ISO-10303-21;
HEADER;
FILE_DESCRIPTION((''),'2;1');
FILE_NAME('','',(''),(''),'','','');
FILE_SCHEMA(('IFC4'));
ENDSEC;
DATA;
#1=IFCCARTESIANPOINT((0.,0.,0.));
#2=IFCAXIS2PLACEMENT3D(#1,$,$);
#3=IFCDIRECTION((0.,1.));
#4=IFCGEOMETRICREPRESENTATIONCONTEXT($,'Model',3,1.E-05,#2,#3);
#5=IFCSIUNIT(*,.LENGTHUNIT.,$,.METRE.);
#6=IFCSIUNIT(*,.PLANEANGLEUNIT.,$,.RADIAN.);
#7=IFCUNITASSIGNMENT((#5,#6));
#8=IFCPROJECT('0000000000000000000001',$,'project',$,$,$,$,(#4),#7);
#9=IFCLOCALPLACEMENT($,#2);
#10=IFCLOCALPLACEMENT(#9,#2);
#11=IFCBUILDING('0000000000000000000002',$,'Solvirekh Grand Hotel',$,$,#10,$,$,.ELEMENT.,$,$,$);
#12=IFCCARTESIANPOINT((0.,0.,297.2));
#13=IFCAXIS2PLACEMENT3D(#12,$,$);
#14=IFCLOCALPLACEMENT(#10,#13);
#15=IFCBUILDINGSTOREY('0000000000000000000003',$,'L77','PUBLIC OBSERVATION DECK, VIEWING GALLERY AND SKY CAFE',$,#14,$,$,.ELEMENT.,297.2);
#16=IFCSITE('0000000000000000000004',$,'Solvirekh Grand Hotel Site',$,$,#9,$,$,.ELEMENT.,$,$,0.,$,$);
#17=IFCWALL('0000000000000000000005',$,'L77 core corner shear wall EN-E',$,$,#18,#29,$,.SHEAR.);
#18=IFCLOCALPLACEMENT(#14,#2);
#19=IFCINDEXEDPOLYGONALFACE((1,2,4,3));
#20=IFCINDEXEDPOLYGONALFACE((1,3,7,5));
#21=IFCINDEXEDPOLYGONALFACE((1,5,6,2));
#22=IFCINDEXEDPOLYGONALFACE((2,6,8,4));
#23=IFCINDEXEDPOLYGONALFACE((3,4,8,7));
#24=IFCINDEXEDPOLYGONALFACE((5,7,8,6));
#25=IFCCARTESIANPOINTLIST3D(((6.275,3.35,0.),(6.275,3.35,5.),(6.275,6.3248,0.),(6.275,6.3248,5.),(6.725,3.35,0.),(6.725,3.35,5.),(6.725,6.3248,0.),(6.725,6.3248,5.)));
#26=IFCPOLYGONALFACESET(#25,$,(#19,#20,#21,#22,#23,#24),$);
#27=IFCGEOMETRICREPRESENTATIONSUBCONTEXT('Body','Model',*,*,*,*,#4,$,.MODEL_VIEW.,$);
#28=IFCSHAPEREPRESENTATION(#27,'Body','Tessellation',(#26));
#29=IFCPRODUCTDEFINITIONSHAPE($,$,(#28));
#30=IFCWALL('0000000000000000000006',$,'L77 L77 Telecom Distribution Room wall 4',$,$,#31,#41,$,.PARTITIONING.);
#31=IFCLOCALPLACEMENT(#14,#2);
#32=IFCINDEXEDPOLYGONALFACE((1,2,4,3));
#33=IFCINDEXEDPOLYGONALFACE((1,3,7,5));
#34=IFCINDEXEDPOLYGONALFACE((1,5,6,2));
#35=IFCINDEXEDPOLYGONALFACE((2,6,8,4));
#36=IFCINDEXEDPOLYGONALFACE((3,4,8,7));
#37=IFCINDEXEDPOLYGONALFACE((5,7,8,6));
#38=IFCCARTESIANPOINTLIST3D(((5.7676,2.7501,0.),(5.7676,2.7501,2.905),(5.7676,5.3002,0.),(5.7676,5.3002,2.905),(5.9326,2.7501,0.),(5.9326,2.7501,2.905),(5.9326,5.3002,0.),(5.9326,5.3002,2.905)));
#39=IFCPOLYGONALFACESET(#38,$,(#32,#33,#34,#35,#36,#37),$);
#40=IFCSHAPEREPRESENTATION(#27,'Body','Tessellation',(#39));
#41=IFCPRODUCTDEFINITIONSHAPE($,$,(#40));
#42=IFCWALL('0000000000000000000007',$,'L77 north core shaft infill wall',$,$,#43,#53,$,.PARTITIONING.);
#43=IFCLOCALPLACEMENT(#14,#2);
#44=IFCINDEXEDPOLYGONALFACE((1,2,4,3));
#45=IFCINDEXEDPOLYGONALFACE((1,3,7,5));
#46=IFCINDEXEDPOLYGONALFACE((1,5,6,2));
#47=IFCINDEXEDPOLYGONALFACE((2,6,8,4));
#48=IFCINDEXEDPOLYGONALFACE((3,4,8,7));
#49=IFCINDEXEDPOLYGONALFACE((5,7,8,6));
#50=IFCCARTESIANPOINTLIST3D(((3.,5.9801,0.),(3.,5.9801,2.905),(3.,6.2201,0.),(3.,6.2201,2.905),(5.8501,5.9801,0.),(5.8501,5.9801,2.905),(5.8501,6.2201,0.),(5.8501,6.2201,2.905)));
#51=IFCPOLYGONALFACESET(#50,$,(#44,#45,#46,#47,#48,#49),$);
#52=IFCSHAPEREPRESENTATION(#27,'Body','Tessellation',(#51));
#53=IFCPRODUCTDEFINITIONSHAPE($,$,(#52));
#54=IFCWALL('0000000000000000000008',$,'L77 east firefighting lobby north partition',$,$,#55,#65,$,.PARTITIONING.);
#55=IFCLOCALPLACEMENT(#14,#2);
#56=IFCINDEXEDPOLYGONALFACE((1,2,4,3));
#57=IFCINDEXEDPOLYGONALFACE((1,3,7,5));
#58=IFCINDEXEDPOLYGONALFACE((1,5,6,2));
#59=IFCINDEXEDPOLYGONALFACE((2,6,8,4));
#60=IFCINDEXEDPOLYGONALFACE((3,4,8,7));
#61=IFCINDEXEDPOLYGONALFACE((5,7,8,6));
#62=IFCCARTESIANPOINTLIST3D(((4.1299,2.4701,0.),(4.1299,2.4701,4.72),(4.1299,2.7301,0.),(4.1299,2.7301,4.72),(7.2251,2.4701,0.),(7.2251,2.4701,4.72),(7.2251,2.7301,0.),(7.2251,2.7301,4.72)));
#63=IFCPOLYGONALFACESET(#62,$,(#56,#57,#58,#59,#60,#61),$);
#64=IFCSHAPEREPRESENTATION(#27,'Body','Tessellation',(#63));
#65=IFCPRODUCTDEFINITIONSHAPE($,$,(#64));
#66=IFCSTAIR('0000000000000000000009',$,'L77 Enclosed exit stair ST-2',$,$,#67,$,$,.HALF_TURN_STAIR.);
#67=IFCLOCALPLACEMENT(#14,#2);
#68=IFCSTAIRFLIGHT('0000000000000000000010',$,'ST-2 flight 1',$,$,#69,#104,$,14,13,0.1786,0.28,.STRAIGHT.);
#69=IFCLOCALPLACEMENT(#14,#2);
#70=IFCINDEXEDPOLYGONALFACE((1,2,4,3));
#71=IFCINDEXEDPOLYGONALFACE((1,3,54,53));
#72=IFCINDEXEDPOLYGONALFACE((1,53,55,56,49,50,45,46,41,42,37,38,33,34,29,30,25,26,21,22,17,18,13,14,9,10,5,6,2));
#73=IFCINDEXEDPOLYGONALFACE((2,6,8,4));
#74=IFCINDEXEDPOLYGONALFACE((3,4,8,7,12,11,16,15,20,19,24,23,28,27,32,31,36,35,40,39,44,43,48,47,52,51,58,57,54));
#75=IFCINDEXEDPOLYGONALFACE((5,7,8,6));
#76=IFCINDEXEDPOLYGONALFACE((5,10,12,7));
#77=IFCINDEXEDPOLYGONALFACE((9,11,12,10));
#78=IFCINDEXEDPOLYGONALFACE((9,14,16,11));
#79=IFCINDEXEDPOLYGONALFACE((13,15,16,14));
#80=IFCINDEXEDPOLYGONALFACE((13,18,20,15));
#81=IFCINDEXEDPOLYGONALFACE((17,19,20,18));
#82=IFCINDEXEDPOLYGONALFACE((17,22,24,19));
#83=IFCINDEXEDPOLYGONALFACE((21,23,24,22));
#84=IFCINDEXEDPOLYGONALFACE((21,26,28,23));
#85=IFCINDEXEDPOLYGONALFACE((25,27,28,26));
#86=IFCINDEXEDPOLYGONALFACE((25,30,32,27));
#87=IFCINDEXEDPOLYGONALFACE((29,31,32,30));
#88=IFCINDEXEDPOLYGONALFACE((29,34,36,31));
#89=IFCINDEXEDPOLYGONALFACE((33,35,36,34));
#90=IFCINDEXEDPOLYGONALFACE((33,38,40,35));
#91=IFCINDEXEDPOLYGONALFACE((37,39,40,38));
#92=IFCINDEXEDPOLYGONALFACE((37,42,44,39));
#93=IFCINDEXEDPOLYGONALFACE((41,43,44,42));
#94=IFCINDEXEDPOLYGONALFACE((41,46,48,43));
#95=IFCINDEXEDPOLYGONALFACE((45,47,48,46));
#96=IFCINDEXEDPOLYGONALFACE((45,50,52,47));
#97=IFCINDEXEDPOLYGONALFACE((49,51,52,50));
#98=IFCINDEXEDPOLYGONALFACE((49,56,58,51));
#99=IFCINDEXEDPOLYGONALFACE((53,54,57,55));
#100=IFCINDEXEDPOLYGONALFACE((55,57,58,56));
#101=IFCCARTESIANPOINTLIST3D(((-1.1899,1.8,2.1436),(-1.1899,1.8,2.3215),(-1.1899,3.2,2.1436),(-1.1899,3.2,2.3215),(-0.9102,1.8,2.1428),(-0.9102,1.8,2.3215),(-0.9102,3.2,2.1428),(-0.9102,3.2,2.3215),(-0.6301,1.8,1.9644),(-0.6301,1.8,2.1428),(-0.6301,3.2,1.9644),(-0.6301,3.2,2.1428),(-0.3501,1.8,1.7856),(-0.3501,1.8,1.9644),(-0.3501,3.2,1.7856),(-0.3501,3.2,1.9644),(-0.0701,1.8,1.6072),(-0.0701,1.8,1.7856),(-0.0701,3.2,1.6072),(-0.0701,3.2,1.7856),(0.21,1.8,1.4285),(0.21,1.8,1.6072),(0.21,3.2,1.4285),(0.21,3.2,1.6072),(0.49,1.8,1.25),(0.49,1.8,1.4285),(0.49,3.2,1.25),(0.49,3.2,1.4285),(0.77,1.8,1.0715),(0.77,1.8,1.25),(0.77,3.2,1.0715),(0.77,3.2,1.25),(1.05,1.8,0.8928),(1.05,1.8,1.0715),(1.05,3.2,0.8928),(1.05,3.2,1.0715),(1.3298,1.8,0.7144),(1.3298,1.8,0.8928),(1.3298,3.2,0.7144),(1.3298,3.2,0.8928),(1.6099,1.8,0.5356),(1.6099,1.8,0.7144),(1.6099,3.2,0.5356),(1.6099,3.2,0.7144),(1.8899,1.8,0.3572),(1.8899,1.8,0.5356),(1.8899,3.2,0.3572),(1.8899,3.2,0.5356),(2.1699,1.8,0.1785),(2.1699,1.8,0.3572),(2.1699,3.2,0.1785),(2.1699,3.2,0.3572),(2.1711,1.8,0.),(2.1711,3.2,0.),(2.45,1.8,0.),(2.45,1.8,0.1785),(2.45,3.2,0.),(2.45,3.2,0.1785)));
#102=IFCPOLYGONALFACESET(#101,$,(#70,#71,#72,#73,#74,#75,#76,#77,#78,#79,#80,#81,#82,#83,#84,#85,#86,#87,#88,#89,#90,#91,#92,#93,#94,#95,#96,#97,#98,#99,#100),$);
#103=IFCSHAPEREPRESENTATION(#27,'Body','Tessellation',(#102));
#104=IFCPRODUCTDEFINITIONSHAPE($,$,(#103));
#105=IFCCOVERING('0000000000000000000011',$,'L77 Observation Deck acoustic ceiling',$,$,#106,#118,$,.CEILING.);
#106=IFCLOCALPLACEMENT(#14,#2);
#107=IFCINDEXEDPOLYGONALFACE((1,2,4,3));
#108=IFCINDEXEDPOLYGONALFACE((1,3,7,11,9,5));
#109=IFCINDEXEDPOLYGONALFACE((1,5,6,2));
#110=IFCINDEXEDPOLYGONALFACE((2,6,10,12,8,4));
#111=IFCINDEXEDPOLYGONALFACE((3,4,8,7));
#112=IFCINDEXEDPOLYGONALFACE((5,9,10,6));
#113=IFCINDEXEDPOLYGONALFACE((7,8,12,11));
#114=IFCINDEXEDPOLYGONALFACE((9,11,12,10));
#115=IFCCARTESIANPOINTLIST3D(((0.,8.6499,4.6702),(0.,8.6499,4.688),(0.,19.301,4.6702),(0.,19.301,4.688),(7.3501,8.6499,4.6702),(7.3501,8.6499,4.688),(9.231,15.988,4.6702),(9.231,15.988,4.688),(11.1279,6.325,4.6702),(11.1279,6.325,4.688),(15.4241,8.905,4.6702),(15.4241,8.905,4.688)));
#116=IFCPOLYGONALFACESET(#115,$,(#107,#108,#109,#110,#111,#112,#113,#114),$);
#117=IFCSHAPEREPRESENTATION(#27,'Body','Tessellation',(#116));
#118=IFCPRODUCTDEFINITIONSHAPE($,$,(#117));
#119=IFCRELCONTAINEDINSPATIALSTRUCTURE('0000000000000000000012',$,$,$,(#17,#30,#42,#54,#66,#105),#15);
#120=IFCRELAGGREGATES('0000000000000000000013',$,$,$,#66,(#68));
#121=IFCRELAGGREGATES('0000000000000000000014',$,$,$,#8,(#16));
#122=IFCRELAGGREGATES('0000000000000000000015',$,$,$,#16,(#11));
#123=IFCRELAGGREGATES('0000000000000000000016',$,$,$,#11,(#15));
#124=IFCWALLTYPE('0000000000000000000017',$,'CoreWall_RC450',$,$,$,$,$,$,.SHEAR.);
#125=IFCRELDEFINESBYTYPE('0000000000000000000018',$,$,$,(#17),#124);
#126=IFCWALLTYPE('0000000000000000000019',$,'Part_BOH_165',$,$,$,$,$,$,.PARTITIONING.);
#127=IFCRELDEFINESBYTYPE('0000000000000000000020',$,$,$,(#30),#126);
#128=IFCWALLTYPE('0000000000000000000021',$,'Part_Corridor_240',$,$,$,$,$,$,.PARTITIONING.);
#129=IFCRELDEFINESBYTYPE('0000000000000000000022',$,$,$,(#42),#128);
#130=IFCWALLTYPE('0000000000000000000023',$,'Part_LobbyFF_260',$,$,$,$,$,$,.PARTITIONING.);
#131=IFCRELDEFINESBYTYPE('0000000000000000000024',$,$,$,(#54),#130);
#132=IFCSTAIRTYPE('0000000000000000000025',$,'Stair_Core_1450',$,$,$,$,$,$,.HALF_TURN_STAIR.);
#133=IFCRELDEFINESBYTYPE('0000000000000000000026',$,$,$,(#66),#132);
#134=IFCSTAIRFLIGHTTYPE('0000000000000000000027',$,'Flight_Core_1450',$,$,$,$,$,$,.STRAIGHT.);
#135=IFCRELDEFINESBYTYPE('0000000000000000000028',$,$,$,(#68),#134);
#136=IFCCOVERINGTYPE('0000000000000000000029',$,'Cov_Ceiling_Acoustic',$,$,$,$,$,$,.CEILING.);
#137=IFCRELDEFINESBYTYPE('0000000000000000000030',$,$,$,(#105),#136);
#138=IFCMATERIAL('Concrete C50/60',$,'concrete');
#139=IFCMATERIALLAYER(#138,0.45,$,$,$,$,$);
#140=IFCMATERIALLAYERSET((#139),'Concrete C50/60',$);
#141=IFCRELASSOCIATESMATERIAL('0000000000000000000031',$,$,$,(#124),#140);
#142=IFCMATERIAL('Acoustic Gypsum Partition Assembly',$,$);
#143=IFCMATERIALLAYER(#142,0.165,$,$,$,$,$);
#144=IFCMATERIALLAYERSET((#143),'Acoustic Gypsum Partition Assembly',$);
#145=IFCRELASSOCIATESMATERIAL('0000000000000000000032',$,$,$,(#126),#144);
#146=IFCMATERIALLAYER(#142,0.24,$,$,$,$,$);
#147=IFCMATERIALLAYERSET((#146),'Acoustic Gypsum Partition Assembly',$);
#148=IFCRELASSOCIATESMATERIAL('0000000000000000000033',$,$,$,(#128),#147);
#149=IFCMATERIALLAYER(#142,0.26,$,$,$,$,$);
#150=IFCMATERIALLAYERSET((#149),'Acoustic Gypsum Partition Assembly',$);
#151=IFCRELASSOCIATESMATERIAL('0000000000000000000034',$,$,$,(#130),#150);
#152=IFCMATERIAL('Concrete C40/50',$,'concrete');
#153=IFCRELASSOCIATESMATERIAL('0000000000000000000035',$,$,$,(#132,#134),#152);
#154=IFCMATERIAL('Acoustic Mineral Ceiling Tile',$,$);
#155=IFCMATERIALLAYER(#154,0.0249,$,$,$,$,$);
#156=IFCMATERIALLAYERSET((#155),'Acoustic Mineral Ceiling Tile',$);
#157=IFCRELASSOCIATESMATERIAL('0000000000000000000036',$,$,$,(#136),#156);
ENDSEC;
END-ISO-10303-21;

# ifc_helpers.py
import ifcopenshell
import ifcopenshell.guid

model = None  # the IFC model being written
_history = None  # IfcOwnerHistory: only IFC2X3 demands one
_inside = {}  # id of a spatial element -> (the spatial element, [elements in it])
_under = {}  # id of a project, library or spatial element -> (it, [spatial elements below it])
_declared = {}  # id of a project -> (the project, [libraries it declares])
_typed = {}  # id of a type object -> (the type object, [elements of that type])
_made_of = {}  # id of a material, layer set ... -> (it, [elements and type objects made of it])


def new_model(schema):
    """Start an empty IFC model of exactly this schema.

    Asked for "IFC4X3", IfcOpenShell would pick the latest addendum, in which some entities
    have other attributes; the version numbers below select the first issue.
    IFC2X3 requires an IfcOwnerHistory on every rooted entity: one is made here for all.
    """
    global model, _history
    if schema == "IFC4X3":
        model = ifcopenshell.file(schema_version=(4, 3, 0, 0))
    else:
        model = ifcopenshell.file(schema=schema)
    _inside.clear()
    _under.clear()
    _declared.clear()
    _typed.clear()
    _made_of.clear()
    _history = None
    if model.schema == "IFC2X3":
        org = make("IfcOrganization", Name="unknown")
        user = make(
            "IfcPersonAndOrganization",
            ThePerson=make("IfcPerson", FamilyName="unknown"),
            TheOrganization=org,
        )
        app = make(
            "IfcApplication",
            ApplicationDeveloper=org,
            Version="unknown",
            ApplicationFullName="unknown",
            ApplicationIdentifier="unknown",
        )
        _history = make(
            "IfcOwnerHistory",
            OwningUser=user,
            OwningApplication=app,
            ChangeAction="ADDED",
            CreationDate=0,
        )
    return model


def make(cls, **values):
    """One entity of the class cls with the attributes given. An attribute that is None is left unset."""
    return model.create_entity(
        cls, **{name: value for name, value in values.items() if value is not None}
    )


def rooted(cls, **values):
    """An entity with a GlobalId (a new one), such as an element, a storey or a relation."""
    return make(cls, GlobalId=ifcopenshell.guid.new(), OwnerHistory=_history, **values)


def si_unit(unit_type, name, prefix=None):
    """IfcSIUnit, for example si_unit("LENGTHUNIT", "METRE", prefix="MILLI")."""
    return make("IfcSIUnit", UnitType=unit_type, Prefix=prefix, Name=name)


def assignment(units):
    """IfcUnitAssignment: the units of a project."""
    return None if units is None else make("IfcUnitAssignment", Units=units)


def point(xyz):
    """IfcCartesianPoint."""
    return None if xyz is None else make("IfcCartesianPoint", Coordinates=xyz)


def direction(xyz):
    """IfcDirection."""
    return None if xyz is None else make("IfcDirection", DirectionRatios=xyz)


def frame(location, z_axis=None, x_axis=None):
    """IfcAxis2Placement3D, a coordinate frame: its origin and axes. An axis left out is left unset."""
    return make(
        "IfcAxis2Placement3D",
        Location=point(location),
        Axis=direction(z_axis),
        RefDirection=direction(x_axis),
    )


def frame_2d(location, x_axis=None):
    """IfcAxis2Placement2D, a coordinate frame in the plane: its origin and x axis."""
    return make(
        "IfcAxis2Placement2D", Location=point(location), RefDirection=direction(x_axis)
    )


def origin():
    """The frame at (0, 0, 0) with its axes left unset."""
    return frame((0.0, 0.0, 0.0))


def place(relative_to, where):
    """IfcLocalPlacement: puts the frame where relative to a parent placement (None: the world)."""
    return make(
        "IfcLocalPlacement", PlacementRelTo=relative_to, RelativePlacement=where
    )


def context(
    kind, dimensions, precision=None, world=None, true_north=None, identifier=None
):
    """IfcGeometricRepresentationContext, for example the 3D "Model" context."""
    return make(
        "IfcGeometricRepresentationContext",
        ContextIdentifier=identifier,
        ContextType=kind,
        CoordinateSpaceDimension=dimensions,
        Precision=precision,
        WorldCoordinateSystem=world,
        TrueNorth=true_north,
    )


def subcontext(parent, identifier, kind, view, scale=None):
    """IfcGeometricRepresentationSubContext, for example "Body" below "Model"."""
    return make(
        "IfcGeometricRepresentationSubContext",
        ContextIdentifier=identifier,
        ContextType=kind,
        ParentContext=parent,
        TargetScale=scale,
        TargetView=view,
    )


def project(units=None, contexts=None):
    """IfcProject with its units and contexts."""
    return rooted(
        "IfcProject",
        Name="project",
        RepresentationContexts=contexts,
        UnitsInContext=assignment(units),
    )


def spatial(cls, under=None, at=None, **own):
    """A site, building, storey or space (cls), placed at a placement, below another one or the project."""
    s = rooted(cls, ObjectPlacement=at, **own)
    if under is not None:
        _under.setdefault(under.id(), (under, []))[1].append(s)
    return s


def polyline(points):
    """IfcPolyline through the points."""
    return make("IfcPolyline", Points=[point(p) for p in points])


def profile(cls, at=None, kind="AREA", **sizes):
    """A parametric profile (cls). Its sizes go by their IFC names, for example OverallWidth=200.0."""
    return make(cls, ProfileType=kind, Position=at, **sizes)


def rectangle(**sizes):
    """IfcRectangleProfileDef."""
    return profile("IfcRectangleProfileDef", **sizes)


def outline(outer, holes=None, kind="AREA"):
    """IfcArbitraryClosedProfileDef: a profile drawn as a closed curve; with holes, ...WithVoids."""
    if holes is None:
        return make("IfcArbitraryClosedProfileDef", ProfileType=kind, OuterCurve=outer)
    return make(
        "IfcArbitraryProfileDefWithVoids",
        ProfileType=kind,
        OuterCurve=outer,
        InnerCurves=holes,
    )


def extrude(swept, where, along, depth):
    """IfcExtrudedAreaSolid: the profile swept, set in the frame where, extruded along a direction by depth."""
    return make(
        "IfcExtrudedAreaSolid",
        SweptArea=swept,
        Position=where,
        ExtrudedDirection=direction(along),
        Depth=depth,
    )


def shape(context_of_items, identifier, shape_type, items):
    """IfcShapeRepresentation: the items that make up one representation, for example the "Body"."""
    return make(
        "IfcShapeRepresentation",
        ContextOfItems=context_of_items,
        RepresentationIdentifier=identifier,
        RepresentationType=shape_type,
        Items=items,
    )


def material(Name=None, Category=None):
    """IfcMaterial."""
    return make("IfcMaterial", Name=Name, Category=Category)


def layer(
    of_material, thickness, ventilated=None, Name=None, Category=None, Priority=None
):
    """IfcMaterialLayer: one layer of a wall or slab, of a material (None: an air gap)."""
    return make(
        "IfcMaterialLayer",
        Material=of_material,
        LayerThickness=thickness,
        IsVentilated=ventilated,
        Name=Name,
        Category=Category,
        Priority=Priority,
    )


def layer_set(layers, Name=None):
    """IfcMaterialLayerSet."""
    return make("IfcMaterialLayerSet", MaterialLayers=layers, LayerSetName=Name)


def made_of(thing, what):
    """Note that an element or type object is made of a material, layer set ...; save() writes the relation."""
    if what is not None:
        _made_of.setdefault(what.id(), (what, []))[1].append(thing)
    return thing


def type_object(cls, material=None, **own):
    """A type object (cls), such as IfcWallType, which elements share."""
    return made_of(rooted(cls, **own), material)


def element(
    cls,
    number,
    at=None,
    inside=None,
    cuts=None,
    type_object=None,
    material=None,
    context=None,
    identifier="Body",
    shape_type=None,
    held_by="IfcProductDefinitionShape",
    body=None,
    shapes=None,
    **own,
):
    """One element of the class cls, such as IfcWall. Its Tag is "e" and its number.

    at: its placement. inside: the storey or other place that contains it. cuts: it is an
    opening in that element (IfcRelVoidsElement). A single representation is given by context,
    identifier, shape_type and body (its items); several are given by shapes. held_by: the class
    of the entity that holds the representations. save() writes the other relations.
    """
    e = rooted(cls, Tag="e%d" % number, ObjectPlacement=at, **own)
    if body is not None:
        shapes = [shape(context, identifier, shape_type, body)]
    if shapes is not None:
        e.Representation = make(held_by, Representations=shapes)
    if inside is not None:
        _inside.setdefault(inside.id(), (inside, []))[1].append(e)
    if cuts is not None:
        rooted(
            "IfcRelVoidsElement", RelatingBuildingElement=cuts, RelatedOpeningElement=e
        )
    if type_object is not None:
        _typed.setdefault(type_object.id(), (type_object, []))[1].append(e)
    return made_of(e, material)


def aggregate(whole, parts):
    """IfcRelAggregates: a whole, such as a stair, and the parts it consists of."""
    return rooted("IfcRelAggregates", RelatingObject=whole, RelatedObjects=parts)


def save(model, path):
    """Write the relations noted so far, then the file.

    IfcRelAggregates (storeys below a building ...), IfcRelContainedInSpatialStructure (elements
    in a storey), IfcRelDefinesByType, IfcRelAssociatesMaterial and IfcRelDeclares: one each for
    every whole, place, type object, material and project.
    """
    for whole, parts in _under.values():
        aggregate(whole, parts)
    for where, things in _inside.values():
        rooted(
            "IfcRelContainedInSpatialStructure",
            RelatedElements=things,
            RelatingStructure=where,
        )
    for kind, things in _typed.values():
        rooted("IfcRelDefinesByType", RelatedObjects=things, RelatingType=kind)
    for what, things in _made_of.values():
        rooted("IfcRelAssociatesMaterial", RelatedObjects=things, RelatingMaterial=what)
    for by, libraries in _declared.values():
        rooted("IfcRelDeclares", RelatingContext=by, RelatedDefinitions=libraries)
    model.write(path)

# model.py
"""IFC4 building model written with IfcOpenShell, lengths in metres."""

from ifc_helpers import new_model, si_unit, direction, frame, frame_2d, origin, place, context, subcontext, project, spatial, polyline, rectangle, outline, extrude, material, layer, layer_set, type_object, element, aggregate, save


model = new_model("IFC4")

# Units and contexts
model_context = context("Model", 3, precision=1e-05, world=origin(), true_north=direction((0.0, 1.0)))
body_context = subcontext(model_context, "Body", "Model", "MODEL_VIEW")
ifc_project = project(units=[si_unit("LENGTHUNIT", "METRE"), si_unit("PLANEANGLEUNIT", "RADIAN")], contexts=[model_context])

# Site, building, storey
site_placement = place(None, origin())
site = spatial("IfcSite", under=ifc_project, at=site_placement, Name="Solvirekh Grand Hotel Site", CompositionType="ELEMENT", RefElevation=0.0)
building_placement = place(site_placement, origin())
building = spatial("IfcBuilding", under=site, at=building_placement, Name="Solvirekh Grand Hotel", CompositionType="ELEMENT")
storey_placement = place(building_placement, frame((0.0, 0.0, 297.2)))
storey = spatial("IfcBuildingStorey", under=building, at=storey_placement, Name="L77", Description="PUBLIC OBSERVATION DECK, VIEWING GALLERY AND SKY CAFE", CompositionType="ELEMENT", Elevation=297.2)

# Shared definitions
ifc_material_1 = material(Name="Concrete C50/60", Category="concrete")

# Shared definitions
ifc_material_2 = material(Name="Concrete C40/50", Category="concrete")

# Walls
ifc_layer_1 = layer(ifc_material_1, 0.45)
ifc_layer_set_1 = layer_set([ifc_layer_1], Name="Concrete C50/60")
wall_type_1 = type_object("IfcWallType", Name="CoreWall_RC450", PredefinedType="SHEAR", material=ifc_layer_set_1)
wall_1_placement = place(storey_placement, frame((6.5, 3.3501, 0.0), z_axis=(0.0, 0.0, 1.0), x_axis=(0.0, 1.0, 0.0)))
element("IfcWall", 1, at=wall_1_placement, inside=storey, type_object=wall_type_1, Name="L77 core corner shear wall EN-E", PredefinedType="SHEAR", context=body_context, shape_type="SweptSolid", body=[
    extrude(rectangle(XDim=2.9749, YDim=0.45, at=frame_2d((1.4873, 0.0))), origin(), (0.0, 0.0, 1.0), 5.0),
])
ifc_material_3 = material(Name="Acoustic Gypsum Partition Assembly")
ifc_layer_2 = layer(ifc_material_3, 0.165)
ifc_layer_set_2 = layer_set([ifc_layer_2], Name="Acoustic Gypsum Partition Assembly")
wall_type_2 = type_object("IfcWallType", Name="Part_BOH_165", PredefinedType="PARTITIONING", material=ifc_layer_set_2)
wall_2_placement = place(storey_placement, frame((5.8501, 5.3, 0.0), z_axis=(0.0, 0.0, 1.0), x_axis=(0.0, -1.0, 0.0)))
element("IfcWall", 2, at=wall_2_placement, inside=storey, type_object=wall_type_2, Name="L77 L77 Telecom Distribution Room wall 4", PredefinedType="PARTITIONING", context=body_context, shape_type="SweptSolid", body=[
    extrude(rectangle(XDim=2.55, YDim=0.165, at=frame_2d((1.2749, 0.0))), origin(), (0.0, 0.0, 1.0), 2.905),
])
ifc_layer_3 = layer(ifc_material_3, 0.24)
ifc_layer_set_3 = layer_set([ifc_layer_3], Name="Acoustic Gypsum Partition Assembly")
wall_type_3 = type_object("IfcWallType", Name="Part_Corridor_240", PredefinedType="PARTITIONING", material=ifc_layer_set_3)
wall_3_placement = place(storey_placement, frame((3.0, 6.1001, 0.0), z_axis=(0.0, 0.0, 1.0), x_axis=(1.0, 0.0, 0.0)))
element("IfcWall", 3, at=wall_3_placement, inside=storey, type_object=wall_type_3, Name="L77 north core shaft infill wall", PredefinedType="PARTITIONING", context=body_context, shape_type="SweptSolid", body=[
    extrude(rectangle(XDim=2.8501, YDim=0.24, at=frame_2d((1.425, 0.0))), origin(), (0.0, 0.0, 1.0), 2.905),
])
ifc_layer_4 = layer(ifc_material_3, 0.26)
ifc_layer_set_4 = layer_set([ifc_layer_4], Name="Acoustic Gypsum Partition Assembly")
wall_type_4 = type_object("IfcWallType", Name="Part_LobbyFF_260", PredefinedType="PARTITIONING", material=ifc_layer_set_4)
wall_4_placement = place(storey_placement, frame((4.1299, 2.6001, 0.0), z_axis=(0.0, 0.0, 1.0), x_axis=(1.0, 0.0, 0.0)))
element("IfcWall", 4, at=wall_4_placement, inside=storey, type_object=wall_type_4, Name="L77 east firefighting lobby north partition", PredefinedType="PARTITIONING", context=body_context, shape_type="SweptSolid", body=[
    extrude(rectangle(XDim=3.0952, YDim=0.26, at=frame_2d((1.5476, 0.0))), origin(), (0.0, 0.0, 1.0), 4.72),
])

# Stair, stair flight
stair_type = type_object("IfcStairType", Name="Stair_Core_1450", PredefinedType="HALF_TURN_STAIR", material=ifc_material_2)
stair_placement = place(storey_placement, origin())
stair = element("IfcStair", 5, at=stair_placement, inside=storey, type_object=stair_type, Name="L77 Enclosed exit stair ST-2", PredefinedType="HALF_TURN_STAIR")
stair_flight_type = type_object("IfcStairFlightType", Name="Flight_Core_1450", PredefinedType="STRAIGHT", material=ifc_material_2)
stair_flight_placement = place(storey_placement, frame((2.45, 2.5, 0.0), z_axis=(0.0, 0.0, 1.0), x_axis=(-1.0, 0.0, 0.0)))
stair_flight = element("IfcStairFlight", 6, at=stair_flight_placement, type_object=stair_flight_type, Name="ST-2 flight 1", NumberOfRisers=14, NumberOfTreads=13, PredefinedType="STRAIGHT", RiserHeight=0.1786, TreadLength=0.28, context=body_context, shape_type="SweptSolid", body=[
    extrude(outline(polyline([(0.0, 0.0), (0.0, 0.1785), (0.28, 0.1785), (0.28, 0.3572), (0.5601, 0.3572), (0.5601, 0.5356), (0.8401, 0.5356), (0.8401, 0.7144), (1.1201, 0.7144), (1.1201, 0.8928), (1.3999, 0.8928), (1.3999, 1.0715), (1.6799, 1.0715), (1.6799, 1.25), (1.96, 1.25), (1.96, 1.4285), (2.24, 1.4285), (2.24, 1.6072), (2.52, 1.6072), (2.52, 1.7856), (2.8, 1.7856), (2.8, 1.9644), (3.0801, 1.9644), (3.0801, 2.1428), (3.3601, 2.1428), (3.3601, 2.3215), (3.6399, 2.3215), (3.6399, 2.5), (3.6399, 2.1436), (0.2788, 0.0), (0.0, 0.0)])), frame((0.0, 0.7, 0.0), z_axis=(0.0, -1.0, 0.0), x_axis=(1.0, 0.0, 0.0)), (0.0, 0.0, 1.0), 1.3999),
])
aggregate(stair, [stair_flight])

# Covering
ifc_material_4 = material(Name="Acoustic Mineral Ceiling Tile")
ifc_layer_5 = layer(ifc_material_4, 0.0249)
ifc_layer_set_5 = layer_set([ifc_layer_5], Name="Acoustic Mineral Ceiling Tile")
covering_type = type_object("IfcCoveringType", Name="Cov_Ceiling_Acoustic", PredefinedType="CEILING", material=ifc_layer_set_5)
covering_placement = place(storey_placement, frame((0.0, 0.0, 4.6702)))
element("IfcCovering", 7, at=covering_placement, inside=storey, type_object=covering_type, Name="L77 Observation Deck acoustic ceiling", PredefinedType="CEILING", context=body_context, shape_type="SweptSolid", body=[
    extrude(outline(polyline([(0.0, 8.6499), (7.3501, 8.6499), (11.1279, 6.325), (15.4241, 8.905), (9.231, 15.988), (0.0, 19.301), (0.0, 8.6499)])), origin(), (0.0, 0.0, 1.0), 0.0178),
])

save(model, "model.ifc")
